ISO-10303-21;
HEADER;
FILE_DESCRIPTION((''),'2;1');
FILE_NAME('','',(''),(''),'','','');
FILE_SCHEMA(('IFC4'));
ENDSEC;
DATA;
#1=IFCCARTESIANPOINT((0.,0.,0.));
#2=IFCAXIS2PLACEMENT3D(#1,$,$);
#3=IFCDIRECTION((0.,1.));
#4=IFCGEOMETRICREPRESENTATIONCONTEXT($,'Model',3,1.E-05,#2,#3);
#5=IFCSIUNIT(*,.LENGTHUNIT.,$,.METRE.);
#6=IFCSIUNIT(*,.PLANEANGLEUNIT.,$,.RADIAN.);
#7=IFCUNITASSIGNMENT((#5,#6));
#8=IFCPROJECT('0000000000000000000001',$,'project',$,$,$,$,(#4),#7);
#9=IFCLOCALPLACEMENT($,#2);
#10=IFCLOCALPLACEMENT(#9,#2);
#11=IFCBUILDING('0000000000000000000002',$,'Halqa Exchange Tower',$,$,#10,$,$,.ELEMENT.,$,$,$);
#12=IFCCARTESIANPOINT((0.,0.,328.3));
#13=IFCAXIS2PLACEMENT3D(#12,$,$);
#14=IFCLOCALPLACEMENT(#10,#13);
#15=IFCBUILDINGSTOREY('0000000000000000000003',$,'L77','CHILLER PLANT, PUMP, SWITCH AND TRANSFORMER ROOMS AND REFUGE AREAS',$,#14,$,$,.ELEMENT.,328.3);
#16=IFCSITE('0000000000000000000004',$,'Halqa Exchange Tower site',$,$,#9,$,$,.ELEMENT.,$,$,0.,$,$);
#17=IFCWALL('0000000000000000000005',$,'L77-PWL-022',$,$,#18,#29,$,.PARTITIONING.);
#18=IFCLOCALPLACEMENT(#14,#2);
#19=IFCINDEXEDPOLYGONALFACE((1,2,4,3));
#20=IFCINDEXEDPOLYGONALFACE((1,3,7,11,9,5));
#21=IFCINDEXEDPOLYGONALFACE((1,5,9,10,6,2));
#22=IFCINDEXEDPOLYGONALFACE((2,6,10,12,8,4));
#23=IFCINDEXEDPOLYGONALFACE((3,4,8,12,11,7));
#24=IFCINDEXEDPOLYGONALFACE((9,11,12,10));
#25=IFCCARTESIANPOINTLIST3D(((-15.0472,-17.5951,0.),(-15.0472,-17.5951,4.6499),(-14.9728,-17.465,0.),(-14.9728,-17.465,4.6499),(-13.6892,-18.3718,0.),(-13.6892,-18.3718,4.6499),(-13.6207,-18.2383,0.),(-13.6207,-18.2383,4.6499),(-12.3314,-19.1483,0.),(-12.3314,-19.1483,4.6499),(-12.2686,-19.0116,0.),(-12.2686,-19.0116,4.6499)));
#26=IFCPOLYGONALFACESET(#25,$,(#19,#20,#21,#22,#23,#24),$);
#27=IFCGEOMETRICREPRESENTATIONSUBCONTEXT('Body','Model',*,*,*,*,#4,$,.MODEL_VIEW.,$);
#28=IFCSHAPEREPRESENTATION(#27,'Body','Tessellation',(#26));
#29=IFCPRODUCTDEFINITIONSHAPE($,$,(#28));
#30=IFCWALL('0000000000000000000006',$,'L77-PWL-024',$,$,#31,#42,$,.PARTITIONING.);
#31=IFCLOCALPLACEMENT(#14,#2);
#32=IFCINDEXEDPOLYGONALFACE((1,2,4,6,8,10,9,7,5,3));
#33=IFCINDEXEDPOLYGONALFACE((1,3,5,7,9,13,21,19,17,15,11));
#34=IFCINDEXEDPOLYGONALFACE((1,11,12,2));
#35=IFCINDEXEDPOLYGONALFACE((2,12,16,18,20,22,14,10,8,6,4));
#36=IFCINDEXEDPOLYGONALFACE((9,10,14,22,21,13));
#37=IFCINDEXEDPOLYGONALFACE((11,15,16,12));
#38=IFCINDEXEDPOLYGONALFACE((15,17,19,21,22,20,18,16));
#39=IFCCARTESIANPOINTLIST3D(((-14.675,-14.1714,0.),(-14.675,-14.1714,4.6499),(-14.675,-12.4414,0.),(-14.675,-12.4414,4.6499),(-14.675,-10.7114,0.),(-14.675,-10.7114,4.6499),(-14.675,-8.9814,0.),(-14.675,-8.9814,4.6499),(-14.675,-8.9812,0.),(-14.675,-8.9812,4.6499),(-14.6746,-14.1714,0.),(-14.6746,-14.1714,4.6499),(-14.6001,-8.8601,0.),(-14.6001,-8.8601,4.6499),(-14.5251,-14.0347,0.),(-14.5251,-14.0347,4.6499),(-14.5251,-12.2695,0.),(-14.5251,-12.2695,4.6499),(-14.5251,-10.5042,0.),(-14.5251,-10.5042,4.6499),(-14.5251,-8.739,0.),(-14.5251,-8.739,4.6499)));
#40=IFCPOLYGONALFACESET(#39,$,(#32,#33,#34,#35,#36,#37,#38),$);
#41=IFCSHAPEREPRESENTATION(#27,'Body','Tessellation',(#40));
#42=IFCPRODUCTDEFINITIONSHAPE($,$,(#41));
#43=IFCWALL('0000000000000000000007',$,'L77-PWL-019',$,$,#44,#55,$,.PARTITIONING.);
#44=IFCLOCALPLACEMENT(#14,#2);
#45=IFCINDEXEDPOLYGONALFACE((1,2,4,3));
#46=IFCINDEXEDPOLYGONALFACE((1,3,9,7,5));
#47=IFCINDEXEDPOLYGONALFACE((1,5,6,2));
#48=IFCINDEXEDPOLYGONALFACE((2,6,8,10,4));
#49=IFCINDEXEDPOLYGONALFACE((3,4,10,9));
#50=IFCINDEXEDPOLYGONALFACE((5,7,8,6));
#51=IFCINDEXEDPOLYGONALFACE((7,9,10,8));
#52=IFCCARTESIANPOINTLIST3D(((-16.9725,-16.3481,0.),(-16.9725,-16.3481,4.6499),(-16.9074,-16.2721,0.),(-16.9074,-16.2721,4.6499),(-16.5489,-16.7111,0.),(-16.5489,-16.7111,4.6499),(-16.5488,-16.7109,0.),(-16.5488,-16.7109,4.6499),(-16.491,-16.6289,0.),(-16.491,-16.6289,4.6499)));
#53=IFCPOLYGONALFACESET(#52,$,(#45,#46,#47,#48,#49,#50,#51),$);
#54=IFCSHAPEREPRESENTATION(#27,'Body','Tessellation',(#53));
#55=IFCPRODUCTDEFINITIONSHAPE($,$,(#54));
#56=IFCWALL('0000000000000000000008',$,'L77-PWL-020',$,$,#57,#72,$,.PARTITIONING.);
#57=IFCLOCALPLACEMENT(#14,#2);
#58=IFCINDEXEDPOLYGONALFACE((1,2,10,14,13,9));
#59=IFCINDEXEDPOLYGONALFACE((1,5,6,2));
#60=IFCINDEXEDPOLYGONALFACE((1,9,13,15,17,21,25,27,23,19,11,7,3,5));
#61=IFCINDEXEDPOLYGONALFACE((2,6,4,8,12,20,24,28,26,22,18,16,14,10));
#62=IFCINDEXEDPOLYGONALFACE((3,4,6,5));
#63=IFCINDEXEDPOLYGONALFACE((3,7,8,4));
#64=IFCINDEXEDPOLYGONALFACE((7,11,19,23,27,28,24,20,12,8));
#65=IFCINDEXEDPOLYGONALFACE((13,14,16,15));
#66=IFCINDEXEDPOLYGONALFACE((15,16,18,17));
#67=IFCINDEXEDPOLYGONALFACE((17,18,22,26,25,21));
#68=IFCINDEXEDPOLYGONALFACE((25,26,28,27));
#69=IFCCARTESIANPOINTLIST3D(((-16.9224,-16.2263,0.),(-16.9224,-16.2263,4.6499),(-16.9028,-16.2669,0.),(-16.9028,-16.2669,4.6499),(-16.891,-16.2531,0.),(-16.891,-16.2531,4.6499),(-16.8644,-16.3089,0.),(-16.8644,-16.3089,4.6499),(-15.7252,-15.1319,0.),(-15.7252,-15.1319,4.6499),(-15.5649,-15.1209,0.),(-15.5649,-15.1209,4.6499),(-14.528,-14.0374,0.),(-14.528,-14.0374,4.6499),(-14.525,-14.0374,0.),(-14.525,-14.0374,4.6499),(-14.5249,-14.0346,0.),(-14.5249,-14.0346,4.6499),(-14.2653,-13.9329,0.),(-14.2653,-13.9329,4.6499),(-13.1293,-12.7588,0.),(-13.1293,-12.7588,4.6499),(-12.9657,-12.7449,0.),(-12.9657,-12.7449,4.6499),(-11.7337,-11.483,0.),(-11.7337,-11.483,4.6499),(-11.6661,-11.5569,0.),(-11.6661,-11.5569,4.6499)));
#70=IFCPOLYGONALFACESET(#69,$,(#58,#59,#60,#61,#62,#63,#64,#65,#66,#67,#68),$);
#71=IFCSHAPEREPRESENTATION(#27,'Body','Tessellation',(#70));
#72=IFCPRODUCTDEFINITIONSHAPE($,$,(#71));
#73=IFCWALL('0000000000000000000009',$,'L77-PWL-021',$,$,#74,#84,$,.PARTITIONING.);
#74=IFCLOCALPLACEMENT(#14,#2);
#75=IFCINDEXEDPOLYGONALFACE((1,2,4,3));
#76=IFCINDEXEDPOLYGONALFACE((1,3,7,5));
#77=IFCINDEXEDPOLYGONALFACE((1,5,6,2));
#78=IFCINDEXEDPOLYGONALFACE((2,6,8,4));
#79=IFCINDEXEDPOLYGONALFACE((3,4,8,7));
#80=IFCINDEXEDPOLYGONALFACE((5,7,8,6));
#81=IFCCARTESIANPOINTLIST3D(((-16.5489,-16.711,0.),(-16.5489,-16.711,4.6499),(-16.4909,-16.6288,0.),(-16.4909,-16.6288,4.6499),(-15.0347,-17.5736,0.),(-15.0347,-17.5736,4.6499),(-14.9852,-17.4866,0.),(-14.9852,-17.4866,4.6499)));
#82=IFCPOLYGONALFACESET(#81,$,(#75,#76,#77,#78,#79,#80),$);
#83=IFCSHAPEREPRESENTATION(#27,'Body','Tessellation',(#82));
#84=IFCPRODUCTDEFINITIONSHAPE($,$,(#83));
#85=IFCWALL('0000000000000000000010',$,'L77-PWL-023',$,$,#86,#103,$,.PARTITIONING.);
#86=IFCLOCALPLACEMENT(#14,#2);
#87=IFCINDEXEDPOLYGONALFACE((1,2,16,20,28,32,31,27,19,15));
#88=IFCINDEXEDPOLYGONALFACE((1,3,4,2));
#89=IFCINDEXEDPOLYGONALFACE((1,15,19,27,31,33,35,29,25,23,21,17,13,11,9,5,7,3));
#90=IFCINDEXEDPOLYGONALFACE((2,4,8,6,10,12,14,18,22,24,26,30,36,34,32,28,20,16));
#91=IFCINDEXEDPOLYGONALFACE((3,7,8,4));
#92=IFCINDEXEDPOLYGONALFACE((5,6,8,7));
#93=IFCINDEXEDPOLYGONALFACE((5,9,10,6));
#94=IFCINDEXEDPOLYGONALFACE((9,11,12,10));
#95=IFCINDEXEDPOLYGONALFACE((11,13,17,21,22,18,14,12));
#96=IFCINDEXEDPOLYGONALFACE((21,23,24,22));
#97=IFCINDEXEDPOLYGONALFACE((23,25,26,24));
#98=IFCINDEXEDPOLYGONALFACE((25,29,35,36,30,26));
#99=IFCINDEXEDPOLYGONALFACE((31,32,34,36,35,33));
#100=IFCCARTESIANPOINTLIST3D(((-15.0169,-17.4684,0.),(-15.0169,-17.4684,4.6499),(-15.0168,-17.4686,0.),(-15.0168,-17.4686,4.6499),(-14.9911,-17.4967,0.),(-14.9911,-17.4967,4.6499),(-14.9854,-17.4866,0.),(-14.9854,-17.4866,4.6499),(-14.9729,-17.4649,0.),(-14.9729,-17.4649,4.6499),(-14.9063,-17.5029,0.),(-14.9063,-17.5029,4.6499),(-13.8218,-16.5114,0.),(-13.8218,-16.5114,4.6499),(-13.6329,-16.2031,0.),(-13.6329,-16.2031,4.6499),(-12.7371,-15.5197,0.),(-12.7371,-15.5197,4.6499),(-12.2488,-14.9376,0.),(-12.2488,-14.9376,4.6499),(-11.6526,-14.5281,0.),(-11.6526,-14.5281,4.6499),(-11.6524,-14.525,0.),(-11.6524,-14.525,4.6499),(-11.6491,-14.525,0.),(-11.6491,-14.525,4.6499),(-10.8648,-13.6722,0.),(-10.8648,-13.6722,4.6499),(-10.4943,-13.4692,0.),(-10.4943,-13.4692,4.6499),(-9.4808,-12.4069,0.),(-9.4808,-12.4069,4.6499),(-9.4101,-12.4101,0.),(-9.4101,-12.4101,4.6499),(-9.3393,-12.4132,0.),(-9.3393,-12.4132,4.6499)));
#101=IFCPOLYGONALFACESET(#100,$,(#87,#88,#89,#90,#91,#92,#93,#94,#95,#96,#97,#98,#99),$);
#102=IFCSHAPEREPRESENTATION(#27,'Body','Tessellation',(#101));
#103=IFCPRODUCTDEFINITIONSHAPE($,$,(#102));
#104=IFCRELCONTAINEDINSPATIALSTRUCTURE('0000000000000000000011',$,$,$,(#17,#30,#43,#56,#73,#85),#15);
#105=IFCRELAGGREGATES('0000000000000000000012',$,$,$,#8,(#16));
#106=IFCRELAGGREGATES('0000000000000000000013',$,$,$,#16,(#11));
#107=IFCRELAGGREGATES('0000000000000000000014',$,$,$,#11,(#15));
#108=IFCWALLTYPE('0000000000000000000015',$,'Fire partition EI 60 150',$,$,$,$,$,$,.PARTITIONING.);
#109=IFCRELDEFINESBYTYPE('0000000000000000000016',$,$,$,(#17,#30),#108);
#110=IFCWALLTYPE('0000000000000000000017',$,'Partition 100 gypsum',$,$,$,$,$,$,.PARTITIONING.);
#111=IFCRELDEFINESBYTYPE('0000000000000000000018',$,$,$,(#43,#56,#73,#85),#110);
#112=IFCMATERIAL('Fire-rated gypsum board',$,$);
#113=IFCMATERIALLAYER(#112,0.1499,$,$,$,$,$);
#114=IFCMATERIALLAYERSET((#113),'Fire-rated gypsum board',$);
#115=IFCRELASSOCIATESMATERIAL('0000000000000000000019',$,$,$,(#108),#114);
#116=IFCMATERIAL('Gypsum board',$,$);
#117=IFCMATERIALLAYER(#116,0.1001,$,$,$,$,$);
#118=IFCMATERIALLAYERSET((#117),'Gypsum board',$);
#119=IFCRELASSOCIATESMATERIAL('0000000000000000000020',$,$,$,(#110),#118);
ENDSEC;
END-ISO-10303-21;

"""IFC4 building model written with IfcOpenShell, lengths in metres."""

from ifc_helpers import new_model, si_unit, direction, frame, origin, place, context, subcontext, project, spatial, polyline, outline, extrude, material, layer, layer_set, type_object, element, save


model = new_model("IFC4")

# Units and contexts
model_context = context("Model", 3, precision=1e-05, world=origin(), true_north=direction((0.0, 1.0)))
body_context = subcontext(model_context, "Body", "Model", "MODEL_VIEW")
ifc_project = project(units=[si_unit("LENGTHUNIT", "METRE"), si_unit("PLANEANGLEUNIT", "RADIAN")], contexts=[model_context])

# Site, building, storey
site_placement = place(None, origin())
site = spatial("IfcSite", under=ifc_project, at=site_placement, Name="Halqa Exchange Tower site", CompositionType="ELEMENT", RefElevation=0.0)
building_placement = place(site_placement, origin())
building = spatial("IfcBuilding", under=site, at=building_placement, Name="Halqa Exchange Tower", CompositionType="ELEMENT")
storey_placement = place(building_placement, frame((0.0, 0.0, 328.3)))
storey = spatial("IfcBuildingStorey", under=building, at=storey_placement, Name="L77", Description="CHILLER PLANT, PUMP, SWITCH AND TRANSFORMER ROOMS AND REFUGE AREAS", CompositionType="ELEMENT", Elevation=328.3)

# Walls
ifc_material_1 = material(Name="Fire-rated gypsum board")
ifc_layer_1 = layer(ifc_material_1, 0.1499)
ifc_layer_set_1 = layer_set([ifc_layer_1], Name="Fire-rated gypsum board")
wall_type_1 = type_object("IfcWallType", Name="Fire partition EI 60 150", PredefinedType="PARTITIONING", material=ifc_layer_set_1)
wall_1_placement = place(storey_placement, frame((-15.01, -17.53, 0.0), z_axis=(0.0, 0.0, 1.0), x_axis=(0.868061, -0.496458, 0.0)))
element("IfcWall", 1, at=wall_1_placement, inside=storey, type_object=wall_type_1, Name="L77-PWL-022", PredefinedType="PARTITIONING", context=body_context, shape_type="SweptSolid", body=[
    extrude(outline(polyline([(3.1287, -0.075), (3.1287, -0.075), (3.1152, 0.075), (1.5576, 0.075), (0.0, 0.075), (0.0, -0.075), (1.5645, -0.075), (3.1287, -0.075)])), origin(), (0.0, 0.0, 1.0), 4.6499),
])
wall_2_placement = place(storey_placement, frame((-14.6001, -14.1714, 0.0), z_axis=(0.0, 0.0, 1.0), x_axis=(0.0, 1.0, 0.0)))
element("IfcWall", 2, at=wall_2_placement, inside=storey, type_object=wall_type_1, Name="L77-PWL-024", PredefinedType="PARTITIONING", context=body_context, shape_type="SweptSolid", body=[
    extrude(outline(polyline([(0.1367, -0.075), (1.9019, -0.075), (3.6672, -0.075), (5.4324, -0.075), (5.3113, 0.0), (5.1902, 0.075), (5.1902, 0.075), (5.1899, 0.075), (3.46, 0.075), (1.73, 0.075), (0.0, 0.075), (0.0, 0.0745), (0.1367, -0.075)])), origin(), (0.0, 0.0, 1.0), 4.6499),
])
ifc_material_2 = material(Name="Gypsum board")
ifc_layer_2 = layer(ifc_material_2, 0.1001)
ifc_layer_set_2 = layer_set([ifc_layer_2], Name="Gypsum board")
wall_type_2 = type_object("IfcWallType", Name="Partition 100 gypsum", PredefinedType="PARTITIONING", material=ifc_layer_set_2)
wall_3_placement = place(storey_placement, frame((-16.9399, -16.3101, 0.0), z_axis=(0.0, 0.0, 1.0), x_axis=(0.759287, -0.650755, 0.0)))
element("IfcWall", 3, at=wall_3_placement, inside=storey, type_object=wall_type_2, Name="L77-PWL-019", PredefinedType="PARTITIONING", context=body_context, shape_type="SweptSolid", body=[
    extrude(outline(polyline([(0.5579, -0.05), (0.5579, -0.0498), (0.5483, 0.05), (0.0, 0.05), (0.0, -0.05), (0.5579, -0.05)])), origin(), (0.0, 0.0, 1.0), 4.6499),
])
wall_4_placement = place(storey_placement, frame((-16.8982, -16.272, 0.0), z_axis=(0.0, 0.0, 1.0), x_axis=(0.73808, 0.674713, 0.0)))
element("IfcWall", 4, at=wall_4_placement, inside=storey, type_object=wall_type_2, Name="L77-PWL-020", PredefinedType="PARTITIONING", context=body_context, shape_type="SweptSolid", body=[
    extrude(outline(polyline([(7.043, 0.05), (5.1521, 0.05), (3.2612, 0.05), (3.2593, 0.0481), (3.2571, 0.05), (1.635, 0.05), (0.0129, 0.05), (0.0181, 0.009), (0.0, 0.0068), (0.0, -0.05), (1.7607, -0.05), (3.5215, -0.05), (5.2822, -0.05), (7.043, -0.05), (7.043, 0.05)])), origin(), (0.0, 0.0, 1.0), 4.6499),
])
wall_5_placement = place(storey_placement, frame((-16.5242, -16.6675, 0.0), z_axis=(0.0, 0.0, 1.0), x_axis=(0.868906, -0.494977, 0.0)))
element("IfcWall", 5, at=wall_5_placement, inside=storey, type_object=wall_type_2, Name="L77-PWL-021", PredefinedType="PARTITIONING", context=body_context, shape_type="SweptSolid", body=[
    extrude(outline(polyline([(1.7427, 0.05), (0.0098, 0.05), (0.0, -0.05), (1.7427, -0.05), (1.7427, 0.05)])), origin(), (0.0, 0.0, 1.0), 4.6499),
])
wall_6_placement = place(storey_placement, frame((-14.9832, -17.5054, 0.0), z_axis=(0.0, 0.0, 1.0), x_axis=(0.738035, 0.674763, 0.0)))
element("IfcWall", 6, at=wall_6_placement, inside=storey, type_object=wall_type_2, Name="L77-PWL-023", PredefinedType="PARTITIONING", context=body_context, shape_type="SweptSolid", body=[
    extrude(outline(polyline([(0.0583, -0.05), (1.5278, -0.05), (2.9976, -0.05), (4.467, -0.05), (4.4692, -0.0479), (4.4717, -0.05), (6.0364, -0.05), (7.6013, -0.05), (7.6013, -0.05), (7.5513, 0.0), (7.5012, 0.05), (7.5012, 0.05), (5.626, 0.05), (3.7507, 0.05), (1.8752, 0.05), (0.0, 0.05), (0.0, 0.0498), (0.011, 0.0154), (0.0, 0.0117), (0.0, 0.0117), (0.0349, 0.0229), (0.0583, -0.05)])), origin(), (0.0, 0.0, 1.0), 4.6499),
])

save(model, "model.ifc")
